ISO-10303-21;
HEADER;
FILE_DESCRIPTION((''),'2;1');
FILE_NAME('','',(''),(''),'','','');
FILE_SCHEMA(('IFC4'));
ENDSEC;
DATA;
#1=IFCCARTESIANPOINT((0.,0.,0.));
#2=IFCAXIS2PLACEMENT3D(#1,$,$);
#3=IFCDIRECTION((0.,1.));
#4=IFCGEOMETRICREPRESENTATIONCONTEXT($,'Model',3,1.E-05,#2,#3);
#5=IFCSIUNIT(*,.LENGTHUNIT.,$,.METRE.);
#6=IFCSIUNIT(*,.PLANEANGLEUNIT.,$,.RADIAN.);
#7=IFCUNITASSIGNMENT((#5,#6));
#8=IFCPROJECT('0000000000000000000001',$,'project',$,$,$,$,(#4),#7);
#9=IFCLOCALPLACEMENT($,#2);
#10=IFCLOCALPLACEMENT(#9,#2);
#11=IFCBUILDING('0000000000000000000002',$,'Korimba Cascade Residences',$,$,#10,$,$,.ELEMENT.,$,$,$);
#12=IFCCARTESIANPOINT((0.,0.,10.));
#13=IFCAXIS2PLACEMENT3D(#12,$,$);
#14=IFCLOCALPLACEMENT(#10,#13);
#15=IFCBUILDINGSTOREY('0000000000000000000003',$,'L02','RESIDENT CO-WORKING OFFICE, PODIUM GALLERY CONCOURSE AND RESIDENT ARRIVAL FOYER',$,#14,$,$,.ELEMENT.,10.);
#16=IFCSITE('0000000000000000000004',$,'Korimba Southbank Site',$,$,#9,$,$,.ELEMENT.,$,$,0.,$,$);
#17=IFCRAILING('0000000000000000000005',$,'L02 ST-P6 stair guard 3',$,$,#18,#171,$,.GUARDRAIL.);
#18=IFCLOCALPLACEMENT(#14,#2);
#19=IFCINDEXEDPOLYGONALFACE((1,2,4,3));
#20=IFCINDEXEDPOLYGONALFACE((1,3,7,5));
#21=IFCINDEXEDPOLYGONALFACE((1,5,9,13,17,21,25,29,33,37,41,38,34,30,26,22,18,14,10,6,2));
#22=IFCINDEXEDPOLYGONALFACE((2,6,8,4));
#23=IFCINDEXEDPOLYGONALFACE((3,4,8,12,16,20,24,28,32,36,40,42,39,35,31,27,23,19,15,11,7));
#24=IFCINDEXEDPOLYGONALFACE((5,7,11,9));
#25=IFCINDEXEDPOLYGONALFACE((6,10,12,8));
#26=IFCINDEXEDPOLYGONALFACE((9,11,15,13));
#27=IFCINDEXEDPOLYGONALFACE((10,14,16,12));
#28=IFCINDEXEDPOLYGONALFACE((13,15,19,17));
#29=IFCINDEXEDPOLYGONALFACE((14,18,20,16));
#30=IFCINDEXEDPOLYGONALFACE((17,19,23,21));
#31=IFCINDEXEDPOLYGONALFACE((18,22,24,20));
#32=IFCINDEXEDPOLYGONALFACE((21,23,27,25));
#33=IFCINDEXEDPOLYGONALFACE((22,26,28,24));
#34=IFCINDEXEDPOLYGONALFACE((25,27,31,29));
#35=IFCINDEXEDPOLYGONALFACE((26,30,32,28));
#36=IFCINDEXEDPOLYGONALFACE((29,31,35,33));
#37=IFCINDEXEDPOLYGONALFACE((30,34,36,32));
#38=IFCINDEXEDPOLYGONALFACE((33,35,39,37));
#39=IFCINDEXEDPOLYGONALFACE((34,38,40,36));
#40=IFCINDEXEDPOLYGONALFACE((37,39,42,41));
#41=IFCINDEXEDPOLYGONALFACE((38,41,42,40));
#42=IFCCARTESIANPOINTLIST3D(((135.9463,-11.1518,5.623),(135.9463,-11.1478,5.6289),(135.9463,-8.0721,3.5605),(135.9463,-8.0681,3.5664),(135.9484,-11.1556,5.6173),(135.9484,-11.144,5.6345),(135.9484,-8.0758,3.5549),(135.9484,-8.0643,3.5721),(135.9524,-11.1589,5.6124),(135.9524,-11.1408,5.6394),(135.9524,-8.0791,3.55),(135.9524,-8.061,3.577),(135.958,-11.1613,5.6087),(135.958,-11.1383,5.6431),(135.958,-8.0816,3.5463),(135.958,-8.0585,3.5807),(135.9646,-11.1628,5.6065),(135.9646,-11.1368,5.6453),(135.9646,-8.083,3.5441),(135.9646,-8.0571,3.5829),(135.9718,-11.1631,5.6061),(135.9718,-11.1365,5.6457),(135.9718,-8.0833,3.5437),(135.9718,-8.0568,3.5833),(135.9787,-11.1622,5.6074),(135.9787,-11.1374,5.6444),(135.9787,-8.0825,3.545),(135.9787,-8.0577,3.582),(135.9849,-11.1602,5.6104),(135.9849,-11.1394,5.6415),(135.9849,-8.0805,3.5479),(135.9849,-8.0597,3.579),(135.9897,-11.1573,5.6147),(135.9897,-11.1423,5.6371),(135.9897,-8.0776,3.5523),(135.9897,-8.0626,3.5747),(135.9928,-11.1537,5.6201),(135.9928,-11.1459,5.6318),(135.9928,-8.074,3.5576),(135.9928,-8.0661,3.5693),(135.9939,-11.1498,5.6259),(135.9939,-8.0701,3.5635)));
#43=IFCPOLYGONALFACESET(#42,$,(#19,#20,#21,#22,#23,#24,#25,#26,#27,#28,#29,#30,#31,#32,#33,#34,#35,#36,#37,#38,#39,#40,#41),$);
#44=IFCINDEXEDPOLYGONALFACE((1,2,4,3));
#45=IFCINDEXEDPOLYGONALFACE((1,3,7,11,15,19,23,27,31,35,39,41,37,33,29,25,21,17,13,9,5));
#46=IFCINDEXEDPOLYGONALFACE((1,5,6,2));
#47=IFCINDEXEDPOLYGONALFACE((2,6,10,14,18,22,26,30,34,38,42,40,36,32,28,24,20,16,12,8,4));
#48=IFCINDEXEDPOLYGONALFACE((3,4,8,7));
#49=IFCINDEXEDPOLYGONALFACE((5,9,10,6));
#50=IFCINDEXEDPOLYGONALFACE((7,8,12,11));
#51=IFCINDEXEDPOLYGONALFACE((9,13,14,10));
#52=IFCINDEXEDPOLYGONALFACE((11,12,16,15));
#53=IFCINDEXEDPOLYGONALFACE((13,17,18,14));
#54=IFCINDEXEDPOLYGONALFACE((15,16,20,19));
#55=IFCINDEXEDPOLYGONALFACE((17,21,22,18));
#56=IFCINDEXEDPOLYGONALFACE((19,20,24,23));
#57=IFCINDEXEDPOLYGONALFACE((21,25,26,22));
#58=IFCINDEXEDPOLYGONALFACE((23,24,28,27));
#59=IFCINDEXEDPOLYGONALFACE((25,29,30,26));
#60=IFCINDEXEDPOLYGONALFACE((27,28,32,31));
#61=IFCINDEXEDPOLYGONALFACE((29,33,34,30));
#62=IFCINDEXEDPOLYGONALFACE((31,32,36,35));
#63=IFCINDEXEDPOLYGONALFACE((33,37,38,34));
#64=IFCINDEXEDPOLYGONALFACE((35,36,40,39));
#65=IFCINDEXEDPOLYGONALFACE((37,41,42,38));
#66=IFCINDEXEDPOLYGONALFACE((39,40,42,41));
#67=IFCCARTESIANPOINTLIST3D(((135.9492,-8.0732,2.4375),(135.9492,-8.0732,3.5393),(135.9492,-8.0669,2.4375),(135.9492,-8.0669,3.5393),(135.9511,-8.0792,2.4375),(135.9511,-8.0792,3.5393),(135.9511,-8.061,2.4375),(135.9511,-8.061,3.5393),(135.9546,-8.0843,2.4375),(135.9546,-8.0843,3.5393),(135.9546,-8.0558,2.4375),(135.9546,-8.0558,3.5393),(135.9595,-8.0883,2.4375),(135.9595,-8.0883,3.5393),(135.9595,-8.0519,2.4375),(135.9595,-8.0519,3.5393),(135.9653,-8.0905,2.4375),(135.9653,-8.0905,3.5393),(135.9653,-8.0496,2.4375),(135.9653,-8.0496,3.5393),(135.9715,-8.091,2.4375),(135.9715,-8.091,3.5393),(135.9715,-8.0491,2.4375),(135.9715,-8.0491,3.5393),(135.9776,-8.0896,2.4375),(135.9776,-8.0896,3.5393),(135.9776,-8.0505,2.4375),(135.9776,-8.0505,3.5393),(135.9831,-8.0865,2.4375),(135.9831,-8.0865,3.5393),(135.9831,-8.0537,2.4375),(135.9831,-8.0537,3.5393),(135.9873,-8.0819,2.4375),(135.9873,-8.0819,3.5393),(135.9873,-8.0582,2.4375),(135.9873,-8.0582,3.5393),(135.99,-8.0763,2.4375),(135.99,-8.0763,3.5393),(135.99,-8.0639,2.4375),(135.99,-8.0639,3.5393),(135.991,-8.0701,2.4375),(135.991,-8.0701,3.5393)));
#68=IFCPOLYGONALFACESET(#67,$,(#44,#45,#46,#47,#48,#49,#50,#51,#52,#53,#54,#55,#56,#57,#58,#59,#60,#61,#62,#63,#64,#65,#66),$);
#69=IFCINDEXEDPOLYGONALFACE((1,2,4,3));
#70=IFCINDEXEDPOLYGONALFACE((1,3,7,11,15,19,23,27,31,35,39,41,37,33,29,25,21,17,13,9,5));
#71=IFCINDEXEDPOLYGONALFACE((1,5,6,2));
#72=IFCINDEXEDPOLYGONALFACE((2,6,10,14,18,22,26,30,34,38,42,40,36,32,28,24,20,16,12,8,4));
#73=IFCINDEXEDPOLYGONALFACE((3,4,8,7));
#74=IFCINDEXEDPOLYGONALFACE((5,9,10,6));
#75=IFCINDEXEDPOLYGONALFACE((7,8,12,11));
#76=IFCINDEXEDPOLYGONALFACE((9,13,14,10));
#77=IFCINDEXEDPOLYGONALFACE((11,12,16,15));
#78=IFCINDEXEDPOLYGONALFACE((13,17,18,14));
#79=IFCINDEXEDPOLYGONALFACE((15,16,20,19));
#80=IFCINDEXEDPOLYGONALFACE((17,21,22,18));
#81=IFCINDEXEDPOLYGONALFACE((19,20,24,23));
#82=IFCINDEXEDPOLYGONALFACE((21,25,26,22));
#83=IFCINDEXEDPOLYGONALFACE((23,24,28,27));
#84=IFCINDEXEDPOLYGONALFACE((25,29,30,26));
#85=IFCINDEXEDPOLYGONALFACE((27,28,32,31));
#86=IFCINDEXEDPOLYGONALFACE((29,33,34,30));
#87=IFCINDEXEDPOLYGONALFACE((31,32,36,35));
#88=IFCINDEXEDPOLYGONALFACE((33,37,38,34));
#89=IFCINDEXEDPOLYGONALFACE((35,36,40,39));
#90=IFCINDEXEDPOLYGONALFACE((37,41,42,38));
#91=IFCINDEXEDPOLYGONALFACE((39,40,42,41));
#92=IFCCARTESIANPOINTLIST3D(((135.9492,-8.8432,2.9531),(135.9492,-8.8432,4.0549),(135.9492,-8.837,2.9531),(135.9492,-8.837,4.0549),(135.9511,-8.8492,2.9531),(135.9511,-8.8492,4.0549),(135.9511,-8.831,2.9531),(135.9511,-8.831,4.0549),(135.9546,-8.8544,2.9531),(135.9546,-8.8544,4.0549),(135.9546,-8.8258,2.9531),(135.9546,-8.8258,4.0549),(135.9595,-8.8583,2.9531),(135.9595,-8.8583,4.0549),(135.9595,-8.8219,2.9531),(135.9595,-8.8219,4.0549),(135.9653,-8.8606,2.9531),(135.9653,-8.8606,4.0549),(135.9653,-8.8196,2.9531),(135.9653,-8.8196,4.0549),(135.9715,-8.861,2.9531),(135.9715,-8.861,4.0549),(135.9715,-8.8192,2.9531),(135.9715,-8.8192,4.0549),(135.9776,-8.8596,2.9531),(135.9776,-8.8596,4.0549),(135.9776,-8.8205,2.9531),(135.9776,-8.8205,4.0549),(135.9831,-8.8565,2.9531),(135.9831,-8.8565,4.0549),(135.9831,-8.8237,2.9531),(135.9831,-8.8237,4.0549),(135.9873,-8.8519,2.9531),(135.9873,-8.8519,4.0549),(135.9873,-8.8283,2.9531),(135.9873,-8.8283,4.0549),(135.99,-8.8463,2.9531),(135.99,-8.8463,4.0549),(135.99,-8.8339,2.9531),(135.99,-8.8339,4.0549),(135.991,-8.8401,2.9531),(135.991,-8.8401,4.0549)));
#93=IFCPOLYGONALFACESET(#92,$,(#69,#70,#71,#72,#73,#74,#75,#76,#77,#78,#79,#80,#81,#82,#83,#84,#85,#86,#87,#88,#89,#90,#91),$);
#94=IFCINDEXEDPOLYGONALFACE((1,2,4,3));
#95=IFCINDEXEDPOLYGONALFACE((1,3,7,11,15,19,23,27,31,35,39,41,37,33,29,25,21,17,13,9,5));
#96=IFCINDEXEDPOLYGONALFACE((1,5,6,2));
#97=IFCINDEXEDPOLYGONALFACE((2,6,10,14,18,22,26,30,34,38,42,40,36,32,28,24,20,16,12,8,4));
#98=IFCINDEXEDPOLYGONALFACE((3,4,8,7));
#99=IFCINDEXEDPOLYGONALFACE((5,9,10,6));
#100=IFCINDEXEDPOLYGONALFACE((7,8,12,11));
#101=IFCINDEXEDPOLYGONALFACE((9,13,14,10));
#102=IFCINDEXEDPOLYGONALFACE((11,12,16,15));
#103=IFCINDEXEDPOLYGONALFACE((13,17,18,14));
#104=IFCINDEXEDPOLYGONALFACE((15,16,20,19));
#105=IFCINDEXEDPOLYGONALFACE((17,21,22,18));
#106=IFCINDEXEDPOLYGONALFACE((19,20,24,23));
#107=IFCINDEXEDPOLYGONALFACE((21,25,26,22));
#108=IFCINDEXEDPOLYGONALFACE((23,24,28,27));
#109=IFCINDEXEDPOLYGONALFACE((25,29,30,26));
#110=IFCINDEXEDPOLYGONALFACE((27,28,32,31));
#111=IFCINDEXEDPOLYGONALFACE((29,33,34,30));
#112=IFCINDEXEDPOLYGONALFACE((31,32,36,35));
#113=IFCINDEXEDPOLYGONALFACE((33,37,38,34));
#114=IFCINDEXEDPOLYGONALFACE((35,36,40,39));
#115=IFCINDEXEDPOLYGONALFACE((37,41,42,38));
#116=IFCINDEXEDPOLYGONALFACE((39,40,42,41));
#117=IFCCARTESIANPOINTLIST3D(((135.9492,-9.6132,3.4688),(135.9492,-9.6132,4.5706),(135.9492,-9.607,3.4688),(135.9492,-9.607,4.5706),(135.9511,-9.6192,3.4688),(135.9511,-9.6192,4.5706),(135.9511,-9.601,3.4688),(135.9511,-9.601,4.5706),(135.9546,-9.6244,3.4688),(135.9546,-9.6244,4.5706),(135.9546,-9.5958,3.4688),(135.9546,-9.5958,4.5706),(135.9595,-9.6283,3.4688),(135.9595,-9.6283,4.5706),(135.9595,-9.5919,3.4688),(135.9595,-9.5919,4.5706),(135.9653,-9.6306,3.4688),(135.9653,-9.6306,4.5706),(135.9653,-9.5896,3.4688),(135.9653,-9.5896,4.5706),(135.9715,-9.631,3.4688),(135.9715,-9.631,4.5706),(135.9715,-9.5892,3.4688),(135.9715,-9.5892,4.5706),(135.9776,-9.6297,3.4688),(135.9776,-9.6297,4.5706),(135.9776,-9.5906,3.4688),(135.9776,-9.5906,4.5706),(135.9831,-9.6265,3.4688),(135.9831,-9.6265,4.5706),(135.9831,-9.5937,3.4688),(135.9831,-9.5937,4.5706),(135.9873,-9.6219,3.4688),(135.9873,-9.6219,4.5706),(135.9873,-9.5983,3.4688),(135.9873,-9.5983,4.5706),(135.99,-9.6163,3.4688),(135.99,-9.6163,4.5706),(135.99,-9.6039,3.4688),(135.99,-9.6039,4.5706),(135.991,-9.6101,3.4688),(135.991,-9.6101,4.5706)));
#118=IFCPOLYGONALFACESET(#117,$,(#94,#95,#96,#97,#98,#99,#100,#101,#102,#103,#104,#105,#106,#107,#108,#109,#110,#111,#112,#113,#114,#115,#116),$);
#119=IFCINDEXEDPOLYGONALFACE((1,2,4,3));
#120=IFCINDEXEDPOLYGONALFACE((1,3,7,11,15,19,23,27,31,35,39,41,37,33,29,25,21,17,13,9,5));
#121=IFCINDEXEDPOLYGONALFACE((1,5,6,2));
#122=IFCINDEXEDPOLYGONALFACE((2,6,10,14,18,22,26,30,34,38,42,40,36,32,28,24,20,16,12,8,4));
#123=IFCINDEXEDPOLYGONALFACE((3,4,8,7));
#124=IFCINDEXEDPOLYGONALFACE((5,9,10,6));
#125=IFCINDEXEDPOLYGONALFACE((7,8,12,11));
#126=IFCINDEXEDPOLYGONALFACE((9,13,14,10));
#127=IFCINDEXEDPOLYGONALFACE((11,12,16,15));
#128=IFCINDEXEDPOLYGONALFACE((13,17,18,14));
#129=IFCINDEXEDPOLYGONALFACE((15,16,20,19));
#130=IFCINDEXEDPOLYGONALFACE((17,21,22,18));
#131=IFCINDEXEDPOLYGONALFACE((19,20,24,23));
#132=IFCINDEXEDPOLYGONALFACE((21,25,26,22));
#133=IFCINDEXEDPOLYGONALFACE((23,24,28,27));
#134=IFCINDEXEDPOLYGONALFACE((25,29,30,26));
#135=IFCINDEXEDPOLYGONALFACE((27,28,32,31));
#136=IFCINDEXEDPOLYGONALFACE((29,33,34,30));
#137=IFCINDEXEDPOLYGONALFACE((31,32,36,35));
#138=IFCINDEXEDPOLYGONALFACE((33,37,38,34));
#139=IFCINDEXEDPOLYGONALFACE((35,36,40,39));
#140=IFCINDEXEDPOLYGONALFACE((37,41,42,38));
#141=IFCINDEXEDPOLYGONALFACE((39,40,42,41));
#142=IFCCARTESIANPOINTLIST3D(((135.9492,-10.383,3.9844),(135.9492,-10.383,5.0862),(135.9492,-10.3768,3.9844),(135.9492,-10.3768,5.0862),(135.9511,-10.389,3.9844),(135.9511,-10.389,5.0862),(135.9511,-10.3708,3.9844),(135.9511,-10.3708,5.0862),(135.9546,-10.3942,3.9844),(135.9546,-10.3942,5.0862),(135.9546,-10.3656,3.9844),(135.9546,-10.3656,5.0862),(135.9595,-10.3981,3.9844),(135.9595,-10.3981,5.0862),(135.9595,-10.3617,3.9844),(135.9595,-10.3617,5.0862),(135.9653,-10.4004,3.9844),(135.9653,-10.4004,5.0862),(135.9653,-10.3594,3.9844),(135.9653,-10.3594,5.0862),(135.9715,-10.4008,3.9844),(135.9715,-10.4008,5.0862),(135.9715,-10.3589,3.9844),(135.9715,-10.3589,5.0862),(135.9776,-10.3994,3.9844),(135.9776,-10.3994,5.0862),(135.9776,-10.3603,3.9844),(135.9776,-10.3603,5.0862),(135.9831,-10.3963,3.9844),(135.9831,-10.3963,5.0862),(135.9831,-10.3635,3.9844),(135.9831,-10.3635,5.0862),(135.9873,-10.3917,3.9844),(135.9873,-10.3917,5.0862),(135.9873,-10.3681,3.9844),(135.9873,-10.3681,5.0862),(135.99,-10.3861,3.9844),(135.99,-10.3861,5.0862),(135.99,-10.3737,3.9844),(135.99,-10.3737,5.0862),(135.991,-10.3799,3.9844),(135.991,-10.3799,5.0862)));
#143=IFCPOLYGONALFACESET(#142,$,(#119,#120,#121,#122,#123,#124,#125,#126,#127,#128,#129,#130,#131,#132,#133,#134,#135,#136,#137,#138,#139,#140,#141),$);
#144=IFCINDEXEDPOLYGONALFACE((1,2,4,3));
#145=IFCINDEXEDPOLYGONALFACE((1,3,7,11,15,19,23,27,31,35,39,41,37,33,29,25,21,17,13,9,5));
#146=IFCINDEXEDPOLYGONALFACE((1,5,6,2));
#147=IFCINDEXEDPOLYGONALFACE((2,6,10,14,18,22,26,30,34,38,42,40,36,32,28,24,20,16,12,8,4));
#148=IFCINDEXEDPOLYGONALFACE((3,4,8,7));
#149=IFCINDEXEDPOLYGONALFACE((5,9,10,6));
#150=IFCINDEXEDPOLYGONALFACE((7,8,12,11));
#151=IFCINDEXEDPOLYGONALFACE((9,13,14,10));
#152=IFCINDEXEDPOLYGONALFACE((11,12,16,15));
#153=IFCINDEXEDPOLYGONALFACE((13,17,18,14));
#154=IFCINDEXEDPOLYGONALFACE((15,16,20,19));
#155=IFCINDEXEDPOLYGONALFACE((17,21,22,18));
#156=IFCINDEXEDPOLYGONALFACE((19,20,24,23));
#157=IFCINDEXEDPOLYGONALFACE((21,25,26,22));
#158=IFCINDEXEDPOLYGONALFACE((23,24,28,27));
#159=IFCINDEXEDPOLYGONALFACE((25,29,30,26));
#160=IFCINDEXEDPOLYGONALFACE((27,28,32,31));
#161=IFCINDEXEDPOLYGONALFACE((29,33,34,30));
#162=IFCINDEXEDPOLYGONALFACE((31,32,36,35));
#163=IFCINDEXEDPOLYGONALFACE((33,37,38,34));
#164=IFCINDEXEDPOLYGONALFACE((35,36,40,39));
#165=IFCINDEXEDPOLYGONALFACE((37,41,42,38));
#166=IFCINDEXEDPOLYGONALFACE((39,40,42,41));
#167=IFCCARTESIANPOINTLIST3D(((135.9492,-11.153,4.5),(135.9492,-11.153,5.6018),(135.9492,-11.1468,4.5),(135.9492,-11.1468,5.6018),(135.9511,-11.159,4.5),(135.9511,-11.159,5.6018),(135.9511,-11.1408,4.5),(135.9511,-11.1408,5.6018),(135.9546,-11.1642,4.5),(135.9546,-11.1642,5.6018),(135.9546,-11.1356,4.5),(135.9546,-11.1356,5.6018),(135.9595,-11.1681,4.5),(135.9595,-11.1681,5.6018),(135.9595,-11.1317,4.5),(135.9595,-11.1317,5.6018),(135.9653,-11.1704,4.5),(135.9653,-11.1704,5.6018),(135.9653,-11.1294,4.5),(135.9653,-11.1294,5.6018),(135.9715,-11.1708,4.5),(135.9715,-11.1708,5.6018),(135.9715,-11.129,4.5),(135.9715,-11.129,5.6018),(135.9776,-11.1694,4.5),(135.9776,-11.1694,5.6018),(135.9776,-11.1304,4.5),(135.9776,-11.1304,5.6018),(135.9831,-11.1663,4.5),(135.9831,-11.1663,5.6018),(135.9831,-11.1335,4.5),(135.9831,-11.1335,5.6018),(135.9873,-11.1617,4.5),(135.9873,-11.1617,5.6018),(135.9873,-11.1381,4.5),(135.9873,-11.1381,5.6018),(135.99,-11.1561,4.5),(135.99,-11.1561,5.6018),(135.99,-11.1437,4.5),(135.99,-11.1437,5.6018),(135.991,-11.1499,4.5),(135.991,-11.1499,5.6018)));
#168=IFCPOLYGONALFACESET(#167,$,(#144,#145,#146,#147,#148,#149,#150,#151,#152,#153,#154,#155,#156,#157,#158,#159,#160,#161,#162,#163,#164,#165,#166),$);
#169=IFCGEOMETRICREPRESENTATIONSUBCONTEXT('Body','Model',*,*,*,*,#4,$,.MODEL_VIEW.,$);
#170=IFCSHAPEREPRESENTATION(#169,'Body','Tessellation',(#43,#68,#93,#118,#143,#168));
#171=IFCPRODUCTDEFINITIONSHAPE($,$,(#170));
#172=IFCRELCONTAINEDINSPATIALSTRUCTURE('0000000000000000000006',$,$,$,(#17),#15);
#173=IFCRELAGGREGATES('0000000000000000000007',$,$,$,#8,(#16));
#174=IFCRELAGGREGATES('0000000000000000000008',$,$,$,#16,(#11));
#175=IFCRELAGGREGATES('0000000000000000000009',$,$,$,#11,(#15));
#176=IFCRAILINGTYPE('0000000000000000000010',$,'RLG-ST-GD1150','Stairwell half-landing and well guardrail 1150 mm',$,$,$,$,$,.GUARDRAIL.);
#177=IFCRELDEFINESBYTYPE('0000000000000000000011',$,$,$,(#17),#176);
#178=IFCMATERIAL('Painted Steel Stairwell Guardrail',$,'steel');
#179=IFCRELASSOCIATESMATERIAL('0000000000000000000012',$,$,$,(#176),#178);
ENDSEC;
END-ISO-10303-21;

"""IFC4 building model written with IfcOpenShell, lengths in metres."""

from ifc_helpers import new_model, si_unit, direction, frame, origin, origin_2d, place, context, subcontext, project, spatial, circle, extrude, material, type_object, element, save


model = new_model("IFC4")

# Units and contexts
model_context = context("Model", 3, precision=1e-05, world=origin(), true_north=direction((0.0, 1.0)))
body_context = subcontext(model_context, "Body", "Model", "MODEL_VIEW")
ifc_project = project(units=[si_unit("LENGTHUNIT", "METRE"), si_unit("PLANEANGLEUNIT", "RADIAN")], contexts=[model_context])

# Site, building, storey
site_placement = place(None, origin())
site = spatial("IfcSite", under=ifc_project, at=site_placement, Name="Korimba Southbank Site", CompositionType="ELEMENT", RefElevation=0.0)
building_placement = place(site_placement, origin())
building = spatial("IfcBuilding", under=site, at=building_placement, Name="Korimba Cascade Residences", CompositionType="ELEMENT")
storey_placement = place(building_placement, frame((0.0, 0.0, 10.0)))
storey = spatial("IfcBuildingStorey", under=building, at=storey_placement, Name="L02", Description="RESIDENT CO-WORKING OFFICE, PODIUM GALLERY CONCOURSE AND RESIDENT ARRIVAL FOYER", CompositionType="ELEMENT", Elevation=10.0)

# Railing
ifc_material_1 = material(Name="Painted Steel Stairwell Guardrail", Category="steel")
railing_type_1 = type_object("IfcRailingType", Name="RLG-ST-GD1150", Description="Stairwell half-landing and well guardrail 1150 mm", PredefinedType="GUARDRAIL", material=ifc_material_1)
railing_1_placement = place(storey_placement, frame((135.97, -8.0701, 2.4375)))
element("IfcRailing", 1, at=railing_1_placement, inside=storey, type_object=railing_type_1, Name="L02 ST-P6 stair guard 3", PredefinedType="GUARDRAIL", context=body_context, shape_type="SweptSolid", body=[
    extrude(circle(Radius=0.0239, at=origin_2d()), frame((0.0, 0.0, 1.126), z_axis=(0.0, -0.830893, 0.556432), x_axis=(1.0, 0.0, 0.0)), (0.0, 0.0, 1.0), 3.7065),
    extrude(circle(Radius=0.021, at=origin_2d()), origin(), (0.0, 0.0, 1.0), 1.1018),
    extrude(circle(Radius=0.021, at=origin_2d()), frame((0.0, -0.77, 0.5156)), (0.0, 0.0, 1.0), 1.1018),
    extrude(circle(Radius=0.021, at=origin_2d()), frame((0.0, -1.54, 1.0312)), (0.0, 0.0, 1.0), 1.1018),
    extrude(circle(Radius=0.021, at=origin_2d()), frame((0.0, -2.3098, 1.5469)), (0.0, 0.0, 1.0), 1.1018),
    extrude(circle(Radius=0.021, at=origin_2d()), frame((0.0, -3.0798, 2.0625)), (0.0, 0.0, 1.0), 1.1018),
])

save(model, "model.ifc")
